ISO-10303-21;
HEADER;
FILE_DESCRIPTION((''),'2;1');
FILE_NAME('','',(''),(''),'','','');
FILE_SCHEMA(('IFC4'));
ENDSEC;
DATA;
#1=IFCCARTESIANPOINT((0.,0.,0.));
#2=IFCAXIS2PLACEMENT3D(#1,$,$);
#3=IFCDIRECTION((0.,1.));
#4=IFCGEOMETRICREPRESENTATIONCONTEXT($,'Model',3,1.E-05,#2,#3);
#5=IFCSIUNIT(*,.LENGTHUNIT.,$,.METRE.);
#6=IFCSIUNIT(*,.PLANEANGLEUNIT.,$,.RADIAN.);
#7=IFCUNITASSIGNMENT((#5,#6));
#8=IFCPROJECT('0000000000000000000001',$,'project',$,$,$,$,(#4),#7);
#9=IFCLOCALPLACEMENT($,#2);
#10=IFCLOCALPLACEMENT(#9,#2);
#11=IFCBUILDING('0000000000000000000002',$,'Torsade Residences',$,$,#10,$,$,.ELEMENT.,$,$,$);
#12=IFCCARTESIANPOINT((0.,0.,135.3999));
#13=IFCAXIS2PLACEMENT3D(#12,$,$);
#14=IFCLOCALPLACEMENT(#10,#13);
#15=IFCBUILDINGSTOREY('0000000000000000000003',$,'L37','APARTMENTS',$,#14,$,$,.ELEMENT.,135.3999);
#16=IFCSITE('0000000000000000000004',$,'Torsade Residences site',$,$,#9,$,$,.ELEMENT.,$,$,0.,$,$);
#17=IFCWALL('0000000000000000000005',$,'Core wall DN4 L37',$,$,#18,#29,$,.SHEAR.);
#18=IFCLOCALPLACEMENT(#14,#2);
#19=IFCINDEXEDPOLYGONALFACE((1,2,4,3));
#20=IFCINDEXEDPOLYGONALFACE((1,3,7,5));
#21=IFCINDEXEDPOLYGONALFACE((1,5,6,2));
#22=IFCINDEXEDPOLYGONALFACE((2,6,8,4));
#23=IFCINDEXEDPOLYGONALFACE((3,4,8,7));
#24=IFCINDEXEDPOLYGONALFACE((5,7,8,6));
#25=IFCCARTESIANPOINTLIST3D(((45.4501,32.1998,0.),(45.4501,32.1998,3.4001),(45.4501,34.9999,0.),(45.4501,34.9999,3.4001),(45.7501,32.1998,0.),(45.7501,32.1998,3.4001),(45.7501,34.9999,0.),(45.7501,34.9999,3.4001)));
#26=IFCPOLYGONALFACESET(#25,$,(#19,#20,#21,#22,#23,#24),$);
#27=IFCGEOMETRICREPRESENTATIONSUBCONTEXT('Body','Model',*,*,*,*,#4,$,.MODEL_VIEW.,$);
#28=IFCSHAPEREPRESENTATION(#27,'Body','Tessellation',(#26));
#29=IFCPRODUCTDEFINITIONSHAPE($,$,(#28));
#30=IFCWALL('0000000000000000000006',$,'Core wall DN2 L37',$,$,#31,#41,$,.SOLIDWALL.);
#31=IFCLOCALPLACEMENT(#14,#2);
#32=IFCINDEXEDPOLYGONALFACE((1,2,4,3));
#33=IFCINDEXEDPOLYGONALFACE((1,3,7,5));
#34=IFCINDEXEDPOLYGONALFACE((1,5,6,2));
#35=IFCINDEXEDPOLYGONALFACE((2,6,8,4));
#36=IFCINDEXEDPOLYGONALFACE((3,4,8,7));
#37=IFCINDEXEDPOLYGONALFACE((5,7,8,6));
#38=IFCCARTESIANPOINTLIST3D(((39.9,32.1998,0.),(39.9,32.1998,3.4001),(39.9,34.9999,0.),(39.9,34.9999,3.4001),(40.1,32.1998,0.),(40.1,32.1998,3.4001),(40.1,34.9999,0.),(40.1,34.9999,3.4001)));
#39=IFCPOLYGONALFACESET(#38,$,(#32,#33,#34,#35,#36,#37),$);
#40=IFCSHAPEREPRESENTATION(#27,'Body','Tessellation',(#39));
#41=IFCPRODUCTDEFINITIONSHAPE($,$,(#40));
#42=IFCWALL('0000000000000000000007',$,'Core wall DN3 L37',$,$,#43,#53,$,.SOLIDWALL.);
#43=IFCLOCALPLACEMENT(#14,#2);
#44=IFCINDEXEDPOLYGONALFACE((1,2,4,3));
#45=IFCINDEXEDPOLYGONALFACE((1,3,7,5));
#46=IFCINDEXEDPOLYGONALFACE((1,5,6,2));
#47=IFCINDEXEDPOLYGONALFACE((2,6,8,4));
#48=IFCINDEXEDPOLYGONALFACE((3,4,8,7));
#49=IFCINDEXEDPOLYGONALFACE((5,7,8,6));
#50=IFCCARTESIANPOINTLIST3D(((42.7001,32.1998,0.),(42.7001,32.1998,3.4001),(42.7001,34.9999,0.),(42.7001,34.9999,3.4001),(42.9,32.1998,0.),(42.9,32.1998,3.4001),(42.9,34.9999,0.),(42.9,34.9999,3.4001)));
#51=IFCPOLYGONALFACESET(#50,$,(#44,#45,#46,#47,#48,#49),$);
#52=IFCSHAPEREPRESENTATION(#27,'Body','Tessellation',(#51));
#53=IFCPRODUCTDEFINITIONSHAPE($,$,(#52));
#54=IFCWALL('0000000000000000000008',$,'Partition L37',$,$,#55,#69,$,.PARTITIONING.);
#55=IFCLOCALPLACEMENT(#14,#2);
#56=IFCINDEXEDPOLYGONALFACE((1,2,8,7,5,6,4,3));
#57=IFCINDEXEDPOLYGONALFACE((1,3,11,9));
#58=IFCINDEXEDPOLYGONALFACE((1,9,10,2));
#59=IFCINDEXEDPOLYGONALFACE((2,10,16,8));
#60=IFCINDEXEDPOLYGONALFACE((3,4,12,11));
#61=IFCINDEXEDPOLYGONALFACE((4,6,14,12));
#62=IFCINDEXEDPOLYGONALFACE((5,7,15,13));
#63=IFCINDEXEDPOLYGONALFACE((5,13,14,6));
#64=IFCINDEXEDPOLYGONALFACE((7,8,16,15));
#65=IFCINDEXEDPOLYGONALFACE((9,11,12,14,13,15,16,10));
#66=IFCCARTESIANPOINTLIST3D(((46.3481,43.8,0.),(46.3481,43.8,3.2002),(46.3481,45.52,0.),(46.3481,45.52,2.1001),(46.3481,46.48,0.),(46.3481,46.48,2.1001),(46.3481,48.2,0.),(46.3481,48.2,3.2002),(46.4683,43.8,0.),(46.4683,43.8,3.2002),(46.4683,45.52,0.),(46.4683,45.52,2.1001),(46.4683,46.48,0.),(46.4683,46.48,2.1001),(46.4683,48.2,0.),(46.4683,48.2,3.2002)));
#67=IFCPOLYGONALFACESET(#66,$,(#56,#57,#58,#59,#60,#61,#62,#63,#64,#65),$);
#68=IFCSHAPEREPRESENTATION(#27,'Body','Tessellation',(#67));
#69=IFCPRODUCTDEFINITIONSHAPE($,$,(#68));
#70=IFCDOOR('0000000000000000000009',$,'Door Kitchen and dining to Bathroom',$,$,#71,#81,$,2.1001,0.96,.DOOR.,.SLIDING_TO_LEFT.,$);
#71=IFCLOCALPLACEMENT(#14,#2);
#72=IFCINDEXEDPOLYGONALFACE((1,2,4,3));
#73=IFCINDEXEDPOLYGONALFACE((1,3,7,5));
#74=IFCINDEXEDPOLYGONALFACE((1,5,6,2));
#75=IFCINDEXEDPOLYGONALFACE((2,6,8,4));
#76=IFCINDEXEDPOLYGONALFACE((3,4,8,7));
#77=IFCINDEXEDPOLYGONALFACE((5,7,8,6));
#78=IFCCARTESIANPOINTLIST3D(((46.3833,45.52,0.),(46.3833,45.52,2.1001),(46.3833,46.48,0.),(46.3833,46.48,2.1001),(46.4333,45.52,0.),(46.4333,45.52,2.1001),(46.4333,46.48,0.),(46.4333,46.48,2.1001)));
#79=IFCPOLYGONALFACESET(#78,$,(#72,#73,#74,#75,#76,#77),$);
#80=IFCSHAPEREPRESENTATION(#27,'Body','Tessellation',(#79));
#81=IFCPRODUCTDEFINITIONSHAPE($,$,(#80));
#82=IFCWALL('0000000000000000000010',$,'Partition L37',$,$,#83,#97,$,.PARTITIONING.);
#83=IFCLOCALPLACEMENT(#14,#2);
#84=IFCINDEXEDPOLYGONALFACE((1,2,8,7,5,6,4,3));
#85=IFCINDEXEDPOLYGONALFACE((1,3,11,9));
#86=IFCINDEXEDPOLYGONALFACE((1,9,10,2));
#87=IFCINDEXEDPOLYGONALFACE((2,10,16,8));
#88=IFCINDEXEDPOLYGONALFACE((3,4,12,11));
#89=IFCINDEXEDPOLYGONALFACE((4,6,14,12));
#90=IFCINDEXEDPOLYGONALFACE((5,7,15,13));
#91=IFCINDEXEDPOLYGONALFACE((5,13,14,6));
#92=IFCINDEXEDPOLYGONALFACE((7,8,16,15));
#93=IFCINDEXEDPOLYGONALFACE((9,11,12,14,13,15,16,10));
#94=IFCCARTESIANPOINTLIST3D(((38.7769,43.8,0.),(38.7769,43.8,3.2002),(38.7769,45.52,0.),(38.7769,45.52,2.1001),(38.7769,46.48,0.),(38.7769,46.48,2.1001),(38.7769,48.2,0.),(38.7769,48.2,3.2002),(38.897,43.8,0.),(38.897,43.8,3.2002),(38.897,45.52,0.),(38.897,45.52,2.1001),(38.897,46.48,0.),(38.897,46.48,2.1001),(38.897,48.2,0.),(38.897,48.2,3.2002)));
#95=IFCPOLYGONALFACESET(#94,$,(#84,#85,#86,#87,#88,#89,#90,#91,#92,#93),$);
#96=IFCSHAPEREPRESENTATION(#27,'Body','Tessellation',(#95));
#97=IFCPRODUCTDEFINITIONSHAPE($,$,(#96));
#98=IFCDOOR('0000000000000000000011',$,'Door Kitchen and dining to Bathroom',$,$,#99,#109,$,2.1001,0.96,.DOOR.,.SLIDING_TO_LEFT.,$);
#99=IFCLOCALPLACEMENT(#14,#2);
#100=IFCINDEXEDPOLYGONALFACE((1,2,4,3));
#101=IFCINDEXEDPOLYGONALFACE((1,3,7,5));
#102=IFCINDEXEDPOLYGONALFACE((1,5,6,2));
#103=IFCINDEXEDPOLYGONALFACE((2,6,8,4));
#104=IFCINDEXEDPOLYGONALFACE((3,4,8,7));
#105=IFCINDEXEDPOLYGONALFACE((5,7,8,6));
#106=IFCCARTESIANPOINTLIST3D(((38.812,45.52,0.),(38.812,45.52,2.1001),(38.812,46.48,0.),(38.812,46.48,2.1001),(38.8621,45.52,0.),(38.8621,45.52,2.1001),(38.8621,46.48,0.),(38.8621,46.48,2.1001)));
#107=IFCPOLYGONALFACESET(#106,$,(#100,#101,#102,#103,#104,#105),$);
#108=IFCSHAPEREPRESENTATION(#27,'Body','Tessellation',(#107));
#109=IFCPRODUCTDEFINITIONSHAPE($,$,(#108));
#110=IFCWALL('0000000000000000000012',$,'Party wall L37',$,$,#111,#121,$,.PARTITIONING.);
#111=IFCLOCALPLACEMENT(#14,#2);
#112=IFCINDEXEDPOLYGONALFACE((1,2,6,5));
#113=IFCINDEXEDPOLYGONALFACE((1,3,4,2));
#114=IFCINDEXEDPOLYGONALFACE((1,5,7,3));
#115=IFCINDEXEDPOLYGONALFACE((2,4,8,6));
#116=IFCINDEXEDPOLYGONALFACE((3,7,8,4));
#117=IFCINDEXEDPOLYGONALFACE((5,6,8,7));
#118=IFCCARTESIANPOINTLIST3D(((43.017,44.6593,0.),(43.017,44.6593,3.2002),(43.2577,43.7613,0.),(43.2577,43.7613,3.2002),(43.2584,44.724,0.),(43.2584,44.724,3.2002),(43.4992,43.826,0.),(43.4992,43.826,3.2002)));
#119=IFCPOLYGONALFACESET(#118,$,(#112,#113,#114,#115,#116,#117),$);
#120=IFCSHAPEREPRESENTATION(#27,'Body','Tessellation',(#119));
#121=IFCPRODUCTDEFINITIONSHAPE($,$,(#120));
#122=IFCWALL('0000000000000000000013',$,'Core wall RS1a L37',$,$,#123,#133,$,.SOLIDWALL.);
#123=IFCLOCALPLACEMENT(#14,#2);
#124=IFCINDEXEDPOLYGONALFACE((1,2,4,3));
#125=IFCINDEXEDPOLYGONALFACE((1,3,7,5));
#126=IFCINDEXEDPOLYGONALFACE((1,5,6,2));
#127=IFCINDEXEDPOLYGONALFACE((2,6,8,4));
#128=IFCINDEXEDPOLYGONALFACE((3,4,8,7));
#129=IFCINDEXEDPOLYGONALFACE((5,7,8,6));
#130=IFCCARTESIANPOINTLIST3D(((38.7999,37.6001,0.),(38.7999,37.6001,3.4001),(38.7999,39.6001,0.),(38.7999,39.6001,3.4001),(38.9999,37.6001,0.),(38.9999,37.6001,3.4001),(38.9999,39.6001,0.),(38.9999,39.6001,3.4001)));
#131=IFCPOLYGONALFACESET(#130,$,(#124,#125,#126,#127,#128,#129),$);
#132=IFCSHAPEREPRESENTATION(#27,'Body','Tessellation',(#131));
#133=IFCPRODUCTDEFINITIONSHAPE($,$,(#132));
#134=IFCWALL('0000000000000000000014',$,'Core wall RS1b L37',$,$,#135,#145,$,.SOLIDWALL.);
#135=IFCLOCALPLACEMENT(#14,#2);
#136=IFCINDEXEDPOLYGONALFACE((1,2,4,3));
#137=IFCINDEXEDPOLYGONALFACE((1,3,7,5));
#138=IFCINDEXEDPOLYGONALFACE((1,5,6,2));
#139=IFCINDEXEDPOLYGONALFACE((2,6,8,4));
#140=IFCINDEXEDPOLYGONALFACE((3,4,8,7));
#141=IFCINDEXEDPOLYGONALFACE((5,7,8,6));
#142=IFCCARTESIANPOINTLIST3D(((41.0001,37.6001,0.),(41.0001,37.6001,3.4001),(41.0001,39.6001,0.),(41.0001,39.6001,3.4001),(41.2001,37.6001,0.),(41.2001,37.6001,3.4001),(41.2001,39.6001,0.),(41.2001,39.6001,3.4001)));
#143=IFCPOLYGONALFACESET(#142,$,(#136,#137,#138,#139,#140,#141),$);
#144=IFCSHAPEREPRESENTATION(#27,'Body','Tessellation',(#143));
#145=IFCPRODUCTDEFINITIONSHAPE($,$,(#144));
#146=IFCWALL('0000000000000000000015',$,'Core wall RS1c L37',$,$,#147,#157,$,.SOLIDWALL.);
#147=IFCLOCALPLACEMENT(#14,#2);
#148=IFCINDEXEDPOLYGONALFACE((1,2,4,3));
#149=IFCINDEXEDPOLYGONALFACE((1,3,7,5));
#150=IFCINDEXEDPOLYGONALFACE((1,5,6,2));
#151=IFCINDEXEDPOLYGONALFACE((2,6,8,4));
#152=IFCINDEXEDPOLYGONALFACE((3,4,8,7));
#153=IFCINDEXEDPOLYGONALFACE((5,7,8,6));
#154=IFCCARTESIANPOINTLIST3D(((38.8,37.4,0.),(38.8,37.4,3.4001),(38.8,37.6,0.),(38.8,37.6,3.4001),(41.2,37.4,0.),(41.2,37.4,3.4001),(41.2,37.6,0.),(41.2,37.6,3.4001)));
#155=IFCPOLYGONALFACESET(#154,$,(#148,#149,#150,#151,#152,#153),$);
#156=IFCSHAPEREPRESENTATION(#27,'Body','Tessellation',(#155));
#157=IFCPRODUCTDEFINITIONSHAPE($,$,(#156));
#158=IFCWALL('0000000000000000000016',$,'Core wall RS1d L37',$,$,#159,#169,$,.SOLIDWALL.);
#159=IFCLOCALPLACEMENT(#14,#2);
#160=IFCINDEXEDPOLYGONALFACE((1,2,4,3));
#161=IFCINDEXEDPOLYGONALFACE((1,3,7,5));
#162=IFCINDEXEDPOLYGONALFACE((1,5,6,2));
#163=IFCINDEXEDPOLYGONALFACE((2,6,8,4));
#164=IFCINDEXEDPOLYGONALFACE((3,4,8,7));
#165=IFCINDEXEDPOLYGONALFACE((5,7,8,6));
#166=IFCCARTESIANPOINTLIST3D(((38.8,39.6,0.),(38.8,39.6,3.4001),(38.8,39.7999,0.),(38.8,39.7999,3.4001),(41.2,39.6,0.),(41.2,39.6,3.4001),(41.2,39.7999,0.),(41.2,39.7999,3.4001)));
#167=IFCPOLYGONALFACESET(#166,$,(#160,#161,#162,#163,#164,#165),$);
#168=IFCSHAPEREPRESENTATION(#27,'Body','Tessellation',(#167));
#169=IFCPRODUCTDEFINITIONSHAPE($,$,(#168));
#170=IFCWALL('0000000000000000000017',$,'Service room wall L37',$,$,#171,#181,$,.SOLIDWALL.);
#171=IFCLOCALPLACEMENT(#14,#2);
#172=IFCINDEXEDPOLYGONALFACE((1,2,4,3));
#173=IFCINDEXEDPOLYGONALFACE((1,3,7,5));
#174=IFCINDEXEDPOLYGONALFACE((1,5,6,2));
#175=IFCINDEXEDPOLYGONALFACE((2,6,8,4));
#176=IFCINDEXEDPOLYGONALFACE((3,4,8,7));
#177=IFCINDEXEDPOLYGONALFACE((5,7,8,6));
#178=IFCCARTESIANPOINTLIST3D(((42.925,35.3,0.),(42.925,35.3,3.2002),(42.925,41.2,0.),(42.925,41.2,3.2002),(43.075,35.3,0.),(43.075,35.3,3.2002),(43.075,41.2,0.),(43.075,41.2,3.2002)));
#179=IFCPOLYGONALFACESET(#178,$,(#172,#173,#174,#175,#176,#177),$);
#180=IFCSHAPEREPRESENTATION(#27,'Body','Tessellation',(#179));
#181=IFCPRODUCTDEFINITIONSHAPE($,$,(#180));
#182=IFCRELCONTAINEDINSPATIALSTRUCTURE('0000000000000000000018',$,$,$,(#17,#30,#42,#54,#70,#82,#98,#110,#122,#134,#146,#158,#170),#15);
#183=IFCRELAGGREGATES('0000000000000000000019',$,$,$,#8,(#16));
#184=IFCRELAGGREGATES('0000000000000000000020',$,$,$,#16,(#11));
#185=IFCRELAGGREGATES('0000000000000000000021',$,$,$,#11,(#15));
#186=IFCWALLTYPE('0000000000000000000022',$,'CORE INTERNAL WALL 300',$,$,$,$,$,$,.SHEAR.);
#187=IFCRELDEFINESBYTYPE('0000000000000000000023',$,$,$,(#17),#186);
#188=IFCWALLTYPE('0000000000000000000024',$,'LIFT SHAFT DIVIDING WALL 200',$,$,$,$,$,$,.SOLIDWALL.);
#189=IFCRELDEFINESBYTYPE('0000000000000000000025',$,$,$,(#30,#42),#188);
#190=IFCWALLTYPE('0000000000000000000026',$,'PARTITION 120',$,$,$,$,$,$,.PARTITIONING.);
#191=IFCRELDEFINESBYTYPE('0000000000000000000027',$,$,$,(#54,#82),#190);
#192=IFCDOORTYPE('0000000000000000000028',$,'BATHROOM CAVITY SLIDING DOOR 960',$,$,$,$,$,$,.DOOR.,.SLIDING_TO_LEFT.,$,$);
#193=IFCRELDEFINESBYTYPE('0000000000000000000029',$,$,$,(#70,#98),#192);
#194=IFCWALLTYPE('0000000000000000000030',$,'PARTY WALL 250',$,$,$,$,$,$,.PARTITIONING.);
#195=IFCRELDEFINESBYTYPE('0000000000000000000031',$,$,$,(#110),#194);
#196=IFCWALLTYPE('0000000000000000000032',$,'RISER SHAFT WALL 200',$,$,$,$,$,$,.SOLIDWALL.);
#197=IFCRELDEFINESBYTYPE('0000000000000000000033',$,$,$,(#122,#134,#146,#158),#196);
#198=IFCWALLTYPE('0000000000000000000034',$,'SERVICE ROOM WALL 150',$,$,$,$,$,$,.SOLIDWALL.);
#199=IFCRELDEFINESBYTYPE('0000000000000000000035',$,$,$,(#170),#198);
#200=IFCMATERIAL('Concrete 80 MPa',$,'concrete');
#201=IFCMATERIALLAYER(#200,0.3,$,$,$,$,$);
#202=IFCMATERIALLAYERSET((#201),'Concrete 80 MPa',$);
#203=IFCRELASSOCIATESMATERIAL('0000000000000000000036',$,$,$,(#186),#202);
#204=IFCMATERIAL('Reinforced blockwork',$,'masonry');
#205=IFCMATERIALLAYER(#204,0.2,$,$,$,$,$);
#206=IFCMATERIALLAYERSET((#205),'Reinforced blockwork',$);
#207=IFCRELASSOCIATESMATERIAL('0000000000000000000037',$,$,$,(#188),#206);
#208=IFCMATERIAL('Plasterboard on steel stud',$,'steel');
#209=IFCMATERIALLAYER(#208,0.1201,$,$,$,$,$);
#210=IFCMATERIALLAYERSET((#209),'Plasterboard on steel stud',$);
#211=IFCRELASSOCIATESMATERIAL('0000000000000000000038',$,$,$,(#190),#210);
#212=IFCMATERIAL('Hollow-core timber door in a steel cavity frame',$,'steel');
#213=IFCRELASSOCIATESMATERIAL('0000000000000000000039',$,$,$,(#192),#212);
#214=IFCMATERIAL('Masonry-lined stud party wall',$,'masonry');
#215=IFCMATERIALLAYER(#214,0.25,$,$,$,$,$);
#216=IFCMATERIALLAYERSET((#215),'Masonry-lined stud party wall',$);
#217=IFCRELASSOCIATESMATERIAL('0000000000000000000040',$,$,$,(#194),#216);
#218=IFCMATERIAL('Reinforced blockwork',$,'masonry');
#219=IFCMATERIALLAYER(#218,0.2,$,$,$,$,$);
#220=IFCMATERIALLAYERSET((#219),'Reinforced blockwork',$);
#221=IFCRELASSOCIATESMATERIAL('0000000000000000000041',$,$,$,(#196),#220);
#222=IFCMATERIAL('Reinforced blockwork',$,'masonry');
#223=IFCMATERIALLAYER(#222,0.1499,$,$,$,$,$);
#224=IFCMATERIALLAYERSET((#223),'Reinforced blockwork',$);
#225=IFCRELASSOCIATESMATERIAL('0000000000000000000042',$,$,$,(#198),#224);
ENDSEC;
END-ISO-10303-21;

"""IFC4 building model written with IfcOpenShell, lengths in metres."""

from ifc_helpers import new_model, si_unit, direction, frame, frame_2d, origin, place, context, subcontext, project, spatial, rectangle, extrude, material, layer, layer_set, type_object, element, fill, save


model = new_model("IFC4")

# Units and contexts
model_context = context("Model", 3, precision=1e-05, world=origin(), true_north=direction((0.0, 1.0)))
body_context = subcontext(model_context, "Body", "Model", "MODEL_VIEW")
ifc_project = project(units=[si_unit("LENGTHUNIT", "METRE"), si_unit("PLANEANGLEUNIT", "RADIAN")], contexts=[model_context])

# Site, building, storey
site_placement = place(None, origin())
site = spatial("IfcSite", under=ifc_project, at=site_placement, Name="Torsade Residences site", CompositionType="ELEMENT", RefElevation=0.0)
building_placement = place(site_placement, origin())
building = spatial("IfcBuilding", under=site, at=building_placement, Name="Torsade Residences", CompositionType="ELEMENT")
storey_placement = place(building_placement, frame((0.0, 0.0, 135.3999)))
storey = spatial("IfcBuildingStorey", under=building, at=storey_placement, Name="L37", Description="APARTMENTS", CompositionType="ELEMENT", Elevation=135.3999)

# Walls
ifc_material_1 = material(Name="Concrete 80 MPa", Category="concrete")
ifc_layer_1 = layer(ifc_material_1, 0.3)
ifc_layer_set_1 = layer_set([ifc_layer_1], Name="Concrete 80 MPa")
wall_type_1 = type_object("IfcWallType", Name="CORE INTERNAL WALL 300", PredefinedType="SHEAR", material=ifc_layer_set_1)
wall_1_placement = place(storey_placement, frame((45.6001, 32.2, 0.0), z_axis=(0.0, 0.0, 1.0), x_axis=(0.0, 1.0, 0.0)))
element("IfcWall", 1, at=wall_1_placement, inside=storey, type_object=wall_type_1, Name="Core wall DN4 L37", PredefinedType="SHEAR", context=body_context, shape_type="SweptSolid", body=[
    extrude(rectangle(XDim=2.8, YDim=0.3, at=frame_2d((1.3999, 0.0))), origin(), (0.0, 0.0, 1.0), 3.4001),
])
ifc_material_2 = material(Name="Reinforced blockwork", Category="masonry")
ifc_layer_2 = layer(ifc_material_2, 0.2)
ifc_layer_set_2 = layer_set([ifc_layer_2], Name="Reinforced blockwork")
wall_type_2 = type_object("IfcWallType", Name="LIFT SHAFT DIVIDING WALL 200", PredefinedType="SOLIDWALL", material=ifc_layer_set_2)
for number, where, z_axis, x_axis, name in (
    (2, (40.0, 32.2, 0.0), (0.0, 0.0, 1.0), (0.0, 1.0, 0.0), "Core wall DN2 L37"),
    (3, (42.8, 32.2, 0.0), (0.0, 0.0, 1.0), (0.0, 1.0, 0.0), "Core wall DN3 L37"),
):
    element("IfcWall", number, at=place(storey_placement, frame(where, z_axis=z_axis, x_axis=x_axis)), inside=storey, type_object=wall_type_2, Name=name, PredefinedType="SOLIDWALL", context=body_context, shape_type="SweptSolid", body=[
        extrude(rectangle(XDim=2.8, YDim=0.2, at=frame_2d((1.3999, 0.0))), origin(), (0.0, 0.0, 1.0), 3.4001),
    ])

# Walls, openings, doors
ifc_material_3 = material(Name="Plasterboard on steel stud", Category="steel")
ifc_layer_3 = layer(ifc_material_3, 0.1201)
ifc_layer_set_3 = layer_set([ifc_layer_3], Name="Plasterboard on steel stud")
wall_type_3 = type_object("IfcWallType", Name="PARTITION 120", PredefinedType="PARTITIONING", material=ifc_layer_set_3)
wall_2_placement = place(storey_placement, frame((46.4082, 43.8, 0.0), z_axis=(0.0, 0.0, 1.0), x_axis=(0.0, 1.0, 0.0)))
wall_2 = element("IfcWall", 4, at=wall_2_placement, inside=storey, type_object=wall_type_3, Name="Partition L37", PredefinedType="PARTITIONING", context=body_context, shape_type="SweptSolid", body=[
    extrude(rectangle(XDim=4.3999, YDim=0.1201, at=frame_2d((2.2, 0.0))), origin(), (0.0, 0.0, 1.0), 3.2002),
])
opening_1_placement = place(wall_2_placement, frame((1.72, 0.0, 0.0)))
opening_1 = element("IfcOpeningElement", 5, at=opening_1_placement, cuts=wall_2, PredefinedType="OPENING", context=body_context, shape_type="SweptSolid", body=[
    extrude(rectangle(XDim=0.96, YDim=2.1001, at=frame_2d((0.48, 1.05))), frame((0.0, 0.0701, 0.0), z_axis=(0.0, -1.0, 0.0), x_axis=(1.0, 0.0, 0.0)), (0.0, 0.0, 1.0), 0.1401),
])
ifc_material_4 = material(Name="Hollow-core timber door in a steel cavity frame", Category="steel")
door_type_1 = type_object("IfcDoorType", Name="BATHROOM CAVITY SLIDING DOOR 960", OperationType="SLIDING_TO_LEFT", PredefinedType="DOOR", material=ifc_material_4)
door_1_placement = place(opening_1_placement, origin())
door_1 = element("IfcDoor", 6, at=door_1_placement, inside=storey, type_object=door_type_1, Name="Door Kitchen and dining to Bathroom", OperationType="SLIDING_TO_LEFT", OverallHeight=2.1001, OverallWidth=0.96, PredefinedType="DOOR", context=body_context, shape_type="SweptSolid", body=[
    extrude(rectangle(XDim=0.96, YDim=2.1001, at=frame_2d((0.48, 1.05))), frame((0.0, 0.0249, 0.0), z_axis=(0.0, -1.0, 0.0), x_axis=(1.0, 0.0, 0.0)), (0.0, 0.0, 1.0), 0.05),
])
fill(opening_1, door_1)
wall_3_placement = place(storey_placement, frame((38.8369, 43.8, 0.0), z_axis=(0.0, 0.0, 1.0), x_axis=(0.0, 1.0, 0.0)))
wall_3 = element("IfcWall", 7, at=wall_3_placement, inside=storey, type_object=wall_type_3, Name="Partition L37", PredefinedType="PARTITIONING", context=body_context, shape_type="SweptSolid", body=[
    extrude(rectangle(XDim=4.3999, YDim=0.1201, at=frame_2d((2.2, 0.0))), origin(), (0.0, 0.0, 1.0), 3.2002),
])
opening_2_placement = place(wall_3_placement, frame((1.72, 0.0, 0.0)))
opening_2 = element("IfcOpeningElement", 8, at=opening_2_placement, cuts=wall_3, PredefinedType="OPENING", context=body_context, shape_type="SweptSolid", body=[
    extrude(rectangle(XDim=0.96, YDim=2.1001, at=frame_2d((0.48, 1.05))), frame((0.0, 0.0701, 0.0), z_axis=(0.0, -1.0, 0.0), x_axis=(1.0, 0.0, 0.0)), (0.0, 0.0, 1.0), 0.1401),
])
door_2_placement = place(opening_2_placement, origin())
door_2 = element("IfcDoor", 9, at=door_2_placement, inside=storey, type_object=door_type_1, Name="Door Kitchen and dining to Bathroom", OperationType="SLIDING_TO_LEFT", OverallHeight=2.1001, OverallWidth=0.96, PredefinedType="DOOR", context=body_context, shape_type="SweptSolid", body=[
    extrude(rectangle(XDim=0.96, YDim=2.1001, at=frame_2d((0.48, 1.05))), frame((0.0, 0.0249, 0.0), z_axis=(0.0, -1.0, 0.0), x_axis=(1.0, 0.0, 0.0)), (0.0, 0.0, 1.0), 0.05),
])
fill(opening_2, door_2)

# Walls
ifc_material_5 = material(Name="Masonry-lined stud party wall", Category="masonry")
ifc_layer_4 = layer(ifc_material_5, 0.25)
ifc_layer_set_4 = layer_set([ifc_layer_4], Name="Masonry-lined stud party wall")
wall_type_4 = type_object("IfcWallType", Name="PARTY WALL 250", PredefinedType="PARTITIONING", material=ifc_layer_set_4)
wall_4_placement = place(storey_placement, frame((43.1377, 44.6917, 0.0), z_axis=(0.0, 0.0, 1.0), x_axis=(0.258937, -0.965894, 0.0)))
element("IfcWall", 10, at=wall_4_placement, inside=storey, type_object=wall_type_4, Name="Party wall L37", PredefinedType="PARTITIONING", context=body_context, shape_type="SweptSolid", body=[
    extrude(rectangle(XDim=0.9297, YDim=0.25, at=frame_2d((0.4648, 0.0))), origin(), (0.0, 0.0, 1.0), 3.2002),
])
ifc_material_6 = material(Name="Reinforced blockwork", Category="masonry")
ifc_layer_5 = layer(ifc_material_6, 0.2)
ifc_layer_set_5 = layer_set([ifc_layer_5], Name="Reinforced blockwork")
wall_type_5 = type_object("IfcWallType", Name="RISER SHAFT WALL 200", PredefinedType="SOLIDWALL", material=ifc_layer_set_5)
for number, where, z_axis, x_axis, name in (
    (11, (38.8999, 37.6001, 0.0), (0.0, 0.0, 1.0), (0.0, 1.0, 0.0), "Core wall RS1a L37"),
    (12, (41.1001, 37.6001, 0.0), (0.0, 0.0, 1.0), (0.0, 1.0, 0.0), "Core wall RS1b L37"),
):
    element("IfcWall", number, at=place(storey_placement, frame(where, z_axis=z_axis, x_axis=x_axis)), inside=storey, type_object=wall_type_5, Name=name, PredefinedType="SOLIDWALL", context=body_context, shape_type="SweptSolid", body=[
        extrude(rectangle(XDim=2.0, YDim=0.2, at=frame_2d((1.0, 0.0))), origin(), (0.0, 0.0, 1.0), 3.4001),
    ])
for number, where, z_axis, x_axis, name in (
    (13, (38.8, 37.5, 0.0), (0.0, 0.0, 1.0), (1.0, 0.0, 0.0), "Core wall RS1c L37"),
    (14, (38.8, 39.7, 0.0), (0.0, 0.0, 1.0), (1.0, 0.0, 0.0), "Core wall RS1d L37"),
):
    element("IfcWall", number, at=place(storey_placement, frame(where, z_axis=z_axis, x_axis=x_axis)), inside=storey, type_object=wall_type_5, Name=name, PredefinedType="SOLIDWALL", context=body_context, shape_type="SweptSolid", body=[
        extrude(rectangle(XDim=2.3999, YDim=0.2, at=frame_2d((1.2, 0.0))), origin(), (0.0, 0.0, 1.0), 3.4001),
    ])
ifc_material_7 = material(Name="Reinforced blockwork", Category="masonry")
ifc_layer_6 = layer(ifc_material_7, 0.1499)
ifc_layer_set_6 = layer_set([ifc_layer_6], Name="Reinforced blockwork")
wall_type_6 = type_object("IfcWallType", Name="SERVICE ROOM WALL 150", PredefinedType="SOLIDWALL", material=ifc_layer_set_6)
wall_5_placement = place(storey_placement, frame((43.0, 41.2, 0.0), z_axis=(0.0, 0.0, 1.0), x_axis=(0.0, -1.0, 0.0)))
element("IfcWall", 15, at=wall_5_placement, inside=storey, type_object=wall_type_6, Name="Service room wall L37", PredefinedType="SOLIDWALL", context=body_context, shape_type="SweptSolid", body=[
    extrude(rectangle(XDim=5.8999, YDim=0.1499, at=frame_2d((2.95, 0.0))), origin(), (0.0, 0.0, 1.0), 3.2002),
])

save(model, "model.ifc")
